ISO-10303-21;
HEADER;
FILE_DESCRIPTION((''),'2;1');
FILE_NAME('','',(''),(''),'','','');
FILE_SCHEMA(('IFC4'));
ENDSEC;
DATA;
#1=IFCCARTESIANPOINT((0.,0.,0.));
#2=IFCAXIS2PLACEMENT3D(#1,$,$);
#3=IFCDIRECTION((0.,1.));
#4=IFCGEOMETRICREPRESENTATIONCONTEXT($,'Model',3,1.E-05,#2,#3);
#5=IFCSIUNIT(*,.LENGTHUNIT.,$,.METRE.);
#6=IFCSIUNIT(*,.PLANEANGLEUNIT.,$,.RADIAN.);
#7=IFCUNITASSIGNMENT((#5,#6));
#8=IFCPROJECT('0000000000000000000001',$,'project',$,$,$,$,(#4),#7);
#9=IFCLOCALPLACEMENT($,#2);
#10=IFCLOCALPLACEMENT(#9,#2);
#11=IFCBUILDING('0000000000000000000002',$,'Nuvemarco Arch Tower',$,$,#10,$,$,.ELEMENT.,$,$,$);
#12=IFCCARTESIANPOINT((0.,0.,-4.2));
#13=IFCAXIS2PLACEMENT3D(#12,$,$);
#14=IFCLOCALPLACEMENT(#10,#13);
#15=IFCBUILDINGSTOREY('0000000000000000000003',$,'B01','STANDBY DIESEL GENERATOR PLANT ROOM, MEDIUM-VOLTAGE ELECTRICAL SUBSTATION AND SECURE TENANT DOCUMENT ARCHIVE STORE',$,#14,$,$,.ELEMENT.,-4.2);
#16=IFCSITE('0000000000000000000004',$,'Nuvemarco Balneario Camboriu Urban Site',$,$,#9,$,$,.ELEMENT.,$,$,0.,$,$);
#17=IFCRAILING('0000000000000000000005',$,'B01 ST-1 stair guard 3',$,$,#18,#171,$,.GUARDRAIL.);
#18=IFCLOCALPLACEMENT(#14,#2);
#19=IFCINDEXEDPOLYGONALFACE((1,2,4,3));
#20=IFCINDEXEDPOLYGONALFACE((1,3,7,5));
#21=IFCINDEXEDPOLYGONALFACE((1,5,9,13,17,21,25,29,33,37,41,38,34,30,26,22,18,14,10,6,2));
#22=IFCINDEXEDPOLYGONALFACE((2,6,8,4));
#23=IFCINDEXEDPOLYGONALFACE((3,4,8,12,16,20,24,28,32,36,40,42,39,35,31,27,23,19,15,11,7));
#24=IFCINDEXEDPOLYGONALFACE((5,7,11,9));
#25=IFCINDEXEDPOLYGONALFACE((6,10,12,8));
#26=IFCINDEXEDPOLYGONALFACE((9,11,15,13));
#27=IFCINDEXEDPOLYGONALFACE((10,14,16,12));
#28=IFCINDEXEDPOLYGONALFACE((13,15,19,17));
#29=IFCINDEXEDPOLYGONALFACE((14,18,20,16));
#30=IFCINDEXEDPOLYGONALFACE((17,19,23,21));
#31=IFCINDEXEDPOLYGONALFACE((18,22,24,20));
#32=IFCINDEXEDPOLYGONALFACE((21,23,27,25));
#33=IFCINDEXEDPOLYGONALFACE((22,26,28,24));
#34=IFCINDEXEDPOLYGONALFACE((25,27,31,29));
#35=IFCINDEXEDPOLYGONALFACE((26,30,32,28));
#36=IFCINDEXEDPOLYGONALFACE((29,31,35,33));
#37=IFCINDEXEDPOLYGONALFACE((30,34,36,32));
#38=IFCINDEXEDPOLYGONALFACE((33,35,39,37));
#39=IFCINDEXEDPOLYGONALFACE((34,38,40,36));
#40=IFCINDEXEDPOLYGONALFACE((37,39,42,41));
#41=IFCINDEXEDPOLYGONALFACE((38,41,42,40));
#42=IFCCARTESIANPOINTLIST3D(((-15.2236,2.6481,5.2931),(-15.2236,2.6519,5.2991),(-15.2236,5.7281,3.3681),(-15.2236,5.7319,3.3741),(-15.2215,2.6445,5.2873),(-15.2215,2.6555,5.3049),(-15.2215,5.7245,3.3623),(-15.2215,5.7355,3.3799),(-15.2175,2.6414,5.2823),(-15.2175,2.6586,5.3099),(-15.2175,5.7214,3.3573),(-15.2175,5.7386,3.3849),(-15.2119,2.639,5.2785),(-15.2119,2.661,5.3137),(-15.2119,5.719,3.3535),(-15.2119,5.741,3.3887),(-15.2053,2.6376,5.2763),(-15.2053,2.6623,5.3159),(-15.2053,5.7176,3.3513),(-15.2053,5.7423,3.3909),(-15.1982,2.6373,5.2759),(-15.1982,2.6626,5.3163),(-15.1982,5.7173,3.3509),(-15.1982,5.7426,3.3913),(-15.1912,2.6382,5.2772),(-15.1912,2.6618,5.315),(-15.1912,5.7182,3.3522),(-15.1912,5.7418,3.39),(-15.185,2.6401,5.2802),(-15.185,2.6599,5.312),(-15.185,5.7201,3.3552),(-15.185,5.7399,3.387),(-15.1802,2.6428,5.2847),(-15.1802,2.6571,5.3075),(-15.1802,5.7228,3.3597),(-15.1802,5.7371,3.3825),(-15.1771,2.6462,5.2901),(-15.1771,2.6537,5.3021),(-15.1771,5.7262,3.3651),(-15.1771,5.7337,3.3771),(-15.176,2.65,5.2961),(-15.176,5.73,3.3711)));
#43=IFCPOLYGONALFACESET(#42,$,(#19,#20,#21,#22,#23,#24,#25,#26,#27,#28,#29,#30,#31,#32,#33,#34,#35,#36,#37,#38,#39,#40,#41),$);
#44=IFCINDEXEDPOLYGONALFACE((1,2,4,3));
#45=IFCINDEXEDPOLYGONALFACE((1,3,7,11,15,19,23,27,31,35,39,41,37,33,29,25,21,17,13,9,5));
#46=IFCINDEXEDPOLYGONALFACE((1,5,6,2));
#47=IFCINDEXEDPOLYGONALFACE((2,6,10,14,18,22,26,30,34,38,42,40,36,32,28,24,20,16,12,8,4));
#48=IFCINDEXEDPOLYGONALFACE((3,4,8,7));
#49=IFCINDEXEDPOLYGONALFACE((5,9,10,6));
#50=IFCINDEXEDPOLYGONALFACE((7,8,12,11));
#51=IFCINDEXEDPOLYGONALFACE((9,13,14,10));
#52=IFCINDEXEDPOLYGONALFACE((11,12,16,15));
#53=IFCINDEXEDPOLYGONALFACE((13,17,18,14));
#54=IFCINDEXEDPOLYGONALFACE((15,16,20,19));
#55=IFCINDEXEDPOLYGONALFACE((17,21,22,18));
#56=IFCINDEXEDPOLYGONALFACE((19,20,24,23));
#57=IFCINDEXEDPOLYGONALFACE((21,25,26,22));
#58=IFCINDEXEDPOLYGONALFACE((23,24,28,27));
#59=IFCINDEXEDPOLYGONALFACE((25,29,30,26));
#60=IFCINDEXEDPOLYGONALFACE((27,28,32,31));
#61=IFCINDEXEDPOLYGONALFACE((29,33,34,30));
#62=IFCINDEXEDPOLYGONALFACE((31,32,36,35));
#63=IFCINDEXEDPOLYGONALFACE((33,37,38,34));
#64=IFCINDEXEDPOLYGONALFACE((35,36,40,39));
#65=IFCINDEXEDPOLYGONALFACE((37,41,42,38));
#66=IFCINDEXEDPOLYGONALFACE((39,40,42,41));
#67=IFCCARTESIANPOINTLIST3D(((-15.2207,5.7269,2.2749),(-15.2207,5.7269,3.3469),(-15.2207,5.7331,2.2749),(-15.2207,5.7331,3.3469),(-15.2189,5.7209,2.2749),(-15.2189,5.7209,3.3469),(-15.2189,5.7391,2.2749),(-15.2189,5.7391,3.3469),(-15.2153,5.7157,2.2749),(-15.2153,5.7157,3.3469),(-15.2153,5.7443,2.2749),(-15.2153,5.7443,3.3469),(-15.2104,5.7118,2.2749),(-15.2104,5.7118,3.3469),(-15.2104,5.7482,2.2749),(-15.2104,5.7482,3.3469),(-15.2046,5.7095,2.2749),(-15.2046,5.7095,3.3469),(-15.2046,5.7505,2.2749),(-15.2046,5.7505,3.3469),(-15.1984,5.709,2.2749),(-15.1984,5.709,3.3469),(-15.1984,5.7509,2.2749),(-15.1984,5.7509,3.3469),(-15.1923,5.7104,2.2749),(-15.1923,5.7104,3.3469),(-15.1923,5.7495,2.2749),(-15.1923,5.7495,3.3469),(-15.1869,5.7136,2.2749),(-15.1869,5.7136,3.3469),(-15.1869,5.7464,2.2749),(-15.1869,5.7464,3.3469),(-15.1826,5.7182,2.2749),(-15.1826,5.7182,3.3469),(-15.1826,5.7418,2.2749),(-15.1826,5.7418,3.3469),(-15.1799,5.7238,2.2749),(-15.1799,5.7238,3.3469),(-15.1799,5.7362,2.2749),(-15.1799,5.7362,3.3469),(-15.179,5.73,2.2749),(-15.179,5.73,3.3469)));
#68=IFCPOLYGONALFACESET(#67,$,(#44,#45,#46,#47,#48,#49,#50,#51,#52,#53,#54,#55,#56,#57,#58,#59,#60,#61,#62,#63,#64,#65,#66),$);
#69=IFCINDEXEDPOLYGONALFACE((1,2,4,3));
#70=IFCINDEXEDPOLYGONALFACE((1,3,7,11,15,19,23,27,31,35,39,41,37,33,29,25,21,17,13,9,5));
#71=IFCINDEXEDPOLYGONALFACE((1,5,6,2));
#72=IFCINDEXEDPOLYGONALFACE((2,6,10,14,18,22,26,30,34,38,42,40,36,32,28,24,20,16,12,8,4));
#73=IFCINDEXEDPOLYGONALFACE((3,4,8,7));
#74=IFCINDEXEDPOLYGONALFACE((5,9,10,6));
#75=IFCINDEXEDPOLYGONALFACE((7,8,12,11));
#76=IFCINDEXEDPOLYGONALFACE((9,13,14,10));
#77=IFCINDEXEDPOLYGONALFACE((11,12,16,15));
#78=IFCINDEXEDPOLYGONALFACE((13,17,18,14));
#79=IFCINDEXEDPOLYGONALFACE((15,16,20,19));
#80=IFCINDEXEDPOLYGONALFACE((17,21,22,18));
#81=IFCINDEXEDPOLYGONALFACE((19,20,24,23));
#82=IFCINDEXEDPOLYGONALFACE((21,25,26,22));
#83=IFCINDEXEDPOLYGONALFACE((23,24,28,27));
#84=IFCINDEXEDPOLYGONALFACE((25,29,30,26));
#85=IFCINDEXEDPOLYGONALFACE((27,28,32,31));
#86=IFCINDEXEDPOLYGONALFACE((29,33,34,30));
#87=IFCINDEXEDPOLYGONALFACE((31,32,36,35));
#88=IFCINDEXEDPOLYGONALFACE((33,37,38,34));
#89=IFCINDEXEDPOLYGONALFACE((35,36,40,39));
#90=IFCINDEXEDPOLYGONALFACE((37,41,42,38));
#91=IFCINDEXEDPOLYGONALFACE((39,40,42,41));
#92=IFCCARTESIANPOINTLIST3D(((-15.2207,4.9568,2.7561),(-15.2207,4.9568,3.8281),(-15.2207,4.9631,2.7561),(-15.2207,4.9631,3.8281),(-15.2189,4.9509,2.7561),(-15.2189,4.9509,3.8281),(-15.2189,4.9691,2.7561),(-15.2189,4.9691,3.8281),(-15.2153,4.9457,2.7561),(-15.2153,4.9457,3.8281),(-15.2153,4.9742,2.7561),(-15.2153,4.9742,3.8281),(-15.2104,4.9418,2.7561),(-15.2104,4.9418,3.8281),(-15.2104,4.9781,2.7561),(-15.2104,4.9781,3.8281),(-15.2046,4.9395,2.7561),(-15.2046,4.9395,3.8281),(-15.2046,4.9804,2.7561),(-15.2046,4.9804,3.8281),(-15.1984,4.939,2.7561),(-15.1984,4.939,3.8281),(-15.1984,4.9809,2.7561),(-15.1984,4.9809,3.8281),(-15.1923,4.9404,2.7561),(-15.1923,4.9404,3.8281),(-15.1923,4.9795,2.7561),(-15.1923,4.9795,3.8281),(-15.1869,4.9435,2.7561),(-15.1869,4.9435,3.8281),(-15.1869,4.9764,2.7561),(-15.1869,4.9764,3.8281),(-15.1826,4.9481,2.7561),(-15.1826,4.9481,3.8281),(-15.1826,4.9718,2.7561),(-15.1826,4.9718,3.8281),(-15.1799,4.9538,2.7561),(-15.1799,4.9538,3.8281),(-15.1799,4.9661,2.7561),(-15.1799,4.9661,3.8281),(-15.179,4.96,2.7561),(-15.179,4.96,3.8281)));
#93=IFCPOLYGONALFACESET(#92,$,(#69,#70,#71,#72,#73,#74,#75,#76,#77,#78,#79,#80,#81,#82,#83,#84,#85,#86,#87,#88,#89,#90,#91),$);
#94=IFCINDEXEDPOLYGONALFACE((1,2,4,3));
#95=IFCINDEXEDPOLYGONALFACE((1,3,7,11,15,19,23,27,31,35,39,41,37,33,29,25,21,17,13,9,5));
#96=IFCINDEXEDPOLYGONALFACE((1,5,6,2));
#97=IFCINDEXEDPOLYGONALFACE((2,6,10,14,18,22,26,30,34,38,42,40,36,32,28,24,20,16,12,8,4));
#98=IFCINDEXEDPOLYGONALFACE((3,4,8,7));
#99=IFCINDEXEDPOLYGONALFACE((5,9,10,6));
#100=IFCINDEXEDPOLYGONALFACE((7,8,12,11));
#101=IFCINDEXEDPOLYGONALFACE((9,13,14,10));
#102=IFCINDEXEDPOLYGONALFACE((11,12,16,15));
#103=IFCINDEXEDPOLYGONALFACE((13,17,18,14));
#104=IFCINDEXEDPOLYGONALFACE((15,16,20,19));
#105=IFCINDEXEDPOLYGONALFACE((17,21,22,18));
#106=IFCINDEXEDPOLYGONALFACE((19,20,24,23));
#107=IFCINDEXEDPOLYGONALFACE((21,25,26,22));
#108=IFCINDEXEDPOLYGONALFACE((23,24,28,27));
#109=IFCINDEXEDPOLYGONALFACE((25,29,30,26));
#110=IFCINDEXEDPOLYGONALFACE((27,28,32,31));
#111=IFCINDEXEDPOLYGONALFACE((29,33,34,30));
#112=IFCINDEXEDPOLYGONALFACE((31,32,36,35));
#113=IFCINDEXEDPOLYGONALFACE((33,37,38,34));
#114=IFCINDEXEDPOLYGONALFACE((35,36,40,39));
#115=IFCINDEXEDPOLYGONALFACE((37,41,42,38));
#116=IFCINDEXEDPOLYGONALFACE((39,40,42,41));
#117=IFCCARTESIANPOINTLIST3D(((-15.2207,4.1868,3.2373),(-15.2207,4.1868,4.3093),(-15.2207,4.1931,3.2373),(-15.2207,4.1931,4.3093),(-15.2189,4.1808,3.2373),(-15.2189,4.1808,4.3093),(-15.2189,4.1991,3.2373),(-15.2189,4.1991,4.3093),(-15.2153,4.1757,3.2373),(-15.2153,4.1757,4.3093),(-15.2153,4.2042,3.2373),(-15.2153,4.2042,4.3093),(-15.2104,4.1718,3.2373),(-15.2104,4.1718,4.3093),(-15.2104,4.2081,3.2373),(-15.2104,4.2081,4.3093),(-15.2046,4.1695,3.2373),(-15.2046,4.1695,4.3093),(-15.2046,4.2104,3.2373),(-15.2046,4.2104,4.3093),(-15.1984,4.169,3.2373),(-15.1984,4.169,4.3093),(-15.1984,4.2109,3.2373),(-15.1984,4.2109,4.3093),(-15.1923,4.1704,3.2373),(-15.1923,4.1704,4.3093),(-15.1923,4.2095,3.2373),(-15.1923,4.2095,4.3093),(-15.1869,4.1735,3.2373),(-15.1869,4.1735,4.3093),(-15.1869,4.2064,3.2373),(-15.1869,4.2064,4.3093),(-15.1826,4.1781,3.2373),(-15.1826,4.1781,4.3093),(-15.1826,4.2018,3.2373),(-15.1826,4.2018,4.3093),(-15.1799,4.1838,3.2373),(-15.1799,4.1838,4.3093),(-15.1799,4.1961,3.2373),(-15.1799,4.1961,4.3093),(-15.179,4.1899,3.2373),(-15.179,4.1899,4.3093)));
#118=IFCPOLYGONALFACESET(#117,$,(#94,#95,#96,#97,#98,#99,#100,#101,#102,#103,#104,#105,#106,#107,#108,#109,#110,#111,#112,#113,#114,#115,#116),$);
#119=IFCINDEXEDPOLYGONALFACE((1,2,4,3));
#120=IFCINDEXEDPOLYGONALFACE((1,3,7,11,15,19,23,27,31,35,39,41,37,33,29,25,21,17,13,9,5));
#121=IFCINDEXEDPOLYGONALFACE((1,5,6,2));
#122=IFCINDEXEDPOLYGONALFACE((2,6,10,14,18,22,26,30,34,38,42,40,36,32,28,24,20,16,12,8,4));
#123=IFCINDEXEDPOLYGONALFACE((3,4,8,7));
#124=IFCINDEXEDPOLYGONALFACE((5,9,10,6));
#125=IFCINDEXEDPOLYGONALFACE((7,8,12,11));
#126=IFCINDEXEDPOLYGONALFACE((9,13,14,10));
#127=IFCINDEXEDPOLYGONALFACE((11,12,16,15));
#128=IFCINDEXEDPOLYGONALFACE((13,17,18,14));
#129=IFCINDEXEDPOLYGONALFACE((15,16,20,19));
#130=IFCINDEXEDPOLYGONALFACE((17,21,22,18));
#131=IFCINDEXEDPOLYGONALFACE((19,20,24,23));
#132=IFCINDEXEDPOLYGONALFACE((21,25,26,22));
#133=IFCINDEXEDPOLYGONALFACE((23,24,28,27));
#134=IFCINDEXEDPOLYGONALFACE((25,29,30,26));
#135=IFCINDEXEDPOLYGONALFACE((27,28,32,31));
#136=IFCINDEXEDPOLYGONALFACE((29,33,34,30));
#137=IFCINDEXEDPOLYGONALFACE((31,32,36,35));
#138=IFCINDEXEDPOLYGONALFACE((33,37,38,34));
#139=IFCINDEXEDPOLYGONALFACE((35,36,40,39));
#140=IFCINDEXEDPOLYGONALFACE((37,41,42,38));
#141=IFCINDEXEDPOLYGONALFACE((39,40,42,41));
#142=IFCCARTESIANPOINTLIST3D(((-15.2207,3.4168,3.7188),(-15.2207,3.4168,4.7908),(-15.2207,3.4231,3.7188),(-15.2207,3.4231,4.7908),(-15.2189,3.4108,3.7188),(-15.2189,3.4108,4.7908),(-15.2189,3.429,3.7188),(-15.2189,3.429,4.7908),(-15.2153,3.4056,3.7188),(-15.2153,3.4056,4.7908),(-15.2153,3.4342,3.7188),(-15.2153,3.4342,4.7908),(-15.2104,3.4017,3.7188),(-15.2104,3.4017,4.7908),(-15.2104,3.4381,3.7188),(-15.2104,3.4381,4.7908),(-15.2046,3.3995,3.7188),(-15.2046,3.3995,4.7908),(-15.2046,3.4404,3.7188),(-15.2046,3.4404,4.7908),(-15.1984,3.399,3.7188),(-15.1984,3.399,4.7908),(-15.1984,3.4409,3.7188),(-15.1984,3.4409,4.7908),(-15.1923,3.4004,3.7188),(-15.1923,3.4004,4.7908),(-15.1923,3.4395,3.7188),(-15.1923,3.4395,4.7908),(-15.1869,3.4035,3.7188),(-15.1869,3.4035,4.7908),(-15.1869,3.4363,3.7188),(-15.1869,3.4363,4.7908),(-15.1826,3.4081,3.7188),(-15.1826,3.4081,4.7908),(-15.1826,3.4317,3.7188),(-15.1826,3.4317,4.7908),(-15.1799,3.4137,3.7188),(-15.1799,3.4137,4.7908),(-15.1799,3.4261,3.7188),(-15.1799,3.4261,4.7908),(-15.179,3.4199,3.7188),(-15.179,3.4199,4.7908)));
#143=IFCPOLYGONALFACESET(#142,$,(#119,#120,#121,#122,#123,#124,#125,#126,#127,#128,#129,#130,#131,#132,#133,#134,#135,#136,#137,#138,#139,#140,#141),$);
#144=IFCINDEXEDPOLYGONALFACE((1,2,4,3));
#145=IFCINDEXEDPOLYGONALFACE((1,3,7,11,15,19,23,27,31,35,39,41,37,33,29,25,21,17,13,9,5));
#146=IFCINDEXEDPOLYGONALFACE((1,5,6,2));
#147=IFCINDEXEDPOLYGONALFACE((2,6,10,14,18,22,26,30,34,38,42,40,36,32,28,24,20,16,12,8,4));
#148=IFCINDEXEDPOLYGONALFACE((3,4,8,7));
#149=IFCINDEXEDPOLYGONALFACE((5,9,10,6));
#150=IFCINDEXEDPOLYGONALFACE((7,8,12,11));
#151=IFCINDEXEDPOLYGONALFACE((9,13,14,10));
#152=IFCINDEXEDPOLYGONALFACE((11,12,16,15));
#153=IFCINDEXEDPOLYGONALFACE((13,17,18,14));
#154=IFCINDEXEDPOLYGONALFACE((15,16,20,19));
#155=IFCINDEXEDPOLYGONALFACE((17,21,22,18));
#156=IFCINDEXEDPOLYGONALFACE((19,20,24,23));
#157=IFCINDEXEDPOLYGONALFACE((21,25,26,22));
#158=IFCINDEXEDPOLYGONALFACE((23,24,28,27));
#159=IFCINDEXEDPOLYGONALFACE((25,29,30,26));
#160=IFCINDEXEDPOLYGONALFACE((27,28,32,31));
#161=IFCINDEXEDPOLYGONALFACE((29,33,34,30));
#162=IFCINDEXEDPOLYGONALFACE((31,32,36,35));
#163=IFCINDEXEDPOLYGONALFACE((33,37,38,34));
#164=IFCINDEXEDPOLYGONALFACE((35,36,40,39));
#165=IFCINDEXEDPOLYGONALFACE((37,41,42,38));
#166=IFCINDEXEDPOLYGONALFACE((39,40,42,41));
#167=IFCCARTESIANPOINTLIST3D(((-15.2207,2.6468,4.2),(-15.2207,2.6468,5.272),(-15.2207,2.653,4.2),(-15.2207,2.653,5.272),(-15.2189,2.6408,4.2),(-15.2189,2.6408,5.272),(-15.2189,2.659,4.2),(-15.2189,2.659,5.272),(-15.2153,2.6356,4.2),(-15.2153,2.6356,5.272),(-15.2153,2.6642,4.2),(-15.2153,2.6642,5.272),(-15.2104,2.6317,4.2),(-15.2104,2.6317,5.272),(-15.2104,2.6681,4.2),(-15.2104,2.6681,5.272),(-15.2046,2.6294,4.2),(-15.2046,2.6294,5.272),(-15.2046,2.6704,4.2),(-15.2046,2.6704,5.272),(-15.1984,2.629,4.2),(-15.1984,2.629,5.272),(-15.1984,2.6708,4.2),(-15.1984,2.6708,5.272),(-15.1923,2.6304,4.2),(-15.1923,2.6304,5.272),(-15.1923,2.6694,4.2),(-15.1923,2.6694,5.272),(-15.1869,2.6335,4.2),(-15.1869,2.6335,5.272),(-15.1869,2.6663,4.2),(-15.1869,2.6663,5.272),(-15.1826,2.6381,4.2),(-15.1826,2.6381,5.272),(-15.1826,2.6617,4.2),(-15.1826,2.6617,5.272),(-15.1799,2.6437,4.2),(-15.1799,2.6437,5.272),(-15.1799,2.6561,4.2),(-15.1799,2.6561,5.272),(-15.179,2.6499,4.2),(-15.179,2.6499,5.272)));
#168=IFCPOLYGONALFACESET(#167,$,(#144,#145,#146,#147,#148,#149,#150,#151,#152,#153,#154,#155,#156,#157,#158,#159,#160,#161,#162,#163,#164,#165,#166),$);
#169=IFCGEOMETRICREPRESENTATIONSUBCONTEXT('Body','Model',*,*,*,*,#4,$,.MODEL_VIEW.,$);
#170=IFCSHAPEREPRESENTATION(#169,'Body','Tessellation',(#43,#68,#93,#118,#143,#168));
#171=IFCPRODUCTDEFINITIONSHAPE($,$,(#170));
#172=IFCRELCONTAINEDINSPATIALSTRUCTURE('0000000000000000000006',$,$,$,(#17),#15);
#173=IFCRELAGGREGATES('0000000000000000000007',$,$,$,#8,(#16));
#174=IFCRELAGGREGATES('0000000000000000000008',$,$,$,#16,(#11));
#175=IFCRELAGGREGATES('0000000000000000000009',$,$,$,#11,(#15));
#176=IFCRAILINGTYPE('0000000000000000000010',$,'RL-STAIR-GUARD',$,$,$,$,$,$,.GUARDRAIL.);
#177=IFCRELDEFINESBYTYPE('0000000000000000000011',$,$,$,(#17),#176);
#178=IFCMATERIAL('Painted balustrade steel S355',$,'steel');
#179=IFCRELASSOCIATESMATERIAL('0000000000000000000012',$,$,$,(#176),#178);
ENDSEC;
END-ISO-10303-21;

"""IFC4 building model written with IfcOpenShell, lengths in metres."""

from ifc_helpers import new_model, si_unit, direction, frame, origin, origin_2d, place, context, subcontext, project, spatial, circle, extrude, material, type_object, element, save


model = new_model("IFC4")

# Units and contexts
model_context = context("Model", 3, precision=1e-05, world=origin(), true_north=direction((0.0, 1.0)))
body_context = subcontext(model_context, "Body", "Model", "MODEL_VIEW")
ifc_project = project(units=[si_unit("LENGTHUNIT", "METRE"), si_unit("PLANEANGLEUNIT", "RADIAN")], contexts=[model_context])

# Site, building, storey
site_placement = place(None, origin())
site = spatial("IfcSite", under=ifc_project, at=site_placement, Name="Nuvemarco Balneario Camboriu Urban Site", CompositionType="ELEMENT", RefElevation=0.0)
building_placement = place(site_placement, origin())
building = spatial("IfcBuilding", under=site, at=building_placement, Name="Nuvemarco Arch Tower", CompositionType="ELEMENT")
storey_placement = place(building_placement, frame((0.0, 0.0, -4.2)))
storey = spatial("IfcBuildingStorey", under=building, at=storey_placement, Name="B01", Description="STANDBY DIESEL GENERATOR PLANT ROOM, MEDIUM-VOLTAGE ELECTRICAL SUBSTATION AND SECURE TENANT DOCUMENT ARCHIVE STORE", CompositionType="ELEMENT", Elevation=-4.2)

# Railing
ifc_material_1 = material(Name="Painted balustrade steel S355", Category="steel")
railing_type_1 = type_object("IfcRailingType", Name="RL-STAIR-GUARD", PredefinedType="GUARDRAIL", material=ifc_material_1)
railing_1_placement = place(storey_placement, frame((-15.2, 5.73, 2.2749)))
element("IfcRailing", 1, at=railing_1_placement, inside=storey, type_object=railing_type_1, Name="B01 ST-1 stair guard 3", PredefinedType="GUARDRAIL", context=body_context, shape_type="SweptSolid", body=[
    extrude(circle(Radius=0.0239, at=origin_2d()), frame((0.0, 0.0, 1.0962), z_axis=(0.0, -0.847998, 0.529999), x_axis=(1.0, 0.0, 0.0)), (0.0, 0.0, 1.0), 3.6321),
    extrude(circle(Radius=0.021, at=origin_2d()), origin(), (0.0, 0.0, 1.0), 1.072),
    extrude(circle(Radius=0.021, at=origin_2d()), frame((0.0, -0.77, 0.4812)), (0.0, 0.0, 1.0), 1.072),
    extrude(circle(Radius=0.021, at=origin_2d()), frame((0.0, -1.54, 0.9624)), (0.0, 0.0, 1.0), 1.072),
    extrude(circle(Radius=0.021, at=origin_2d()), frame((0.0, -2.3101, 1.4438)), (0.0, 0.0, 1.0), 1.072),
    extrude(circle(Radius=0.021, at=origin_2d()), frame((0.0, -3.0801, 1.925)), (0.0, 0.0, 1.0), 1.072),
])

save(model, "model.ifc")
